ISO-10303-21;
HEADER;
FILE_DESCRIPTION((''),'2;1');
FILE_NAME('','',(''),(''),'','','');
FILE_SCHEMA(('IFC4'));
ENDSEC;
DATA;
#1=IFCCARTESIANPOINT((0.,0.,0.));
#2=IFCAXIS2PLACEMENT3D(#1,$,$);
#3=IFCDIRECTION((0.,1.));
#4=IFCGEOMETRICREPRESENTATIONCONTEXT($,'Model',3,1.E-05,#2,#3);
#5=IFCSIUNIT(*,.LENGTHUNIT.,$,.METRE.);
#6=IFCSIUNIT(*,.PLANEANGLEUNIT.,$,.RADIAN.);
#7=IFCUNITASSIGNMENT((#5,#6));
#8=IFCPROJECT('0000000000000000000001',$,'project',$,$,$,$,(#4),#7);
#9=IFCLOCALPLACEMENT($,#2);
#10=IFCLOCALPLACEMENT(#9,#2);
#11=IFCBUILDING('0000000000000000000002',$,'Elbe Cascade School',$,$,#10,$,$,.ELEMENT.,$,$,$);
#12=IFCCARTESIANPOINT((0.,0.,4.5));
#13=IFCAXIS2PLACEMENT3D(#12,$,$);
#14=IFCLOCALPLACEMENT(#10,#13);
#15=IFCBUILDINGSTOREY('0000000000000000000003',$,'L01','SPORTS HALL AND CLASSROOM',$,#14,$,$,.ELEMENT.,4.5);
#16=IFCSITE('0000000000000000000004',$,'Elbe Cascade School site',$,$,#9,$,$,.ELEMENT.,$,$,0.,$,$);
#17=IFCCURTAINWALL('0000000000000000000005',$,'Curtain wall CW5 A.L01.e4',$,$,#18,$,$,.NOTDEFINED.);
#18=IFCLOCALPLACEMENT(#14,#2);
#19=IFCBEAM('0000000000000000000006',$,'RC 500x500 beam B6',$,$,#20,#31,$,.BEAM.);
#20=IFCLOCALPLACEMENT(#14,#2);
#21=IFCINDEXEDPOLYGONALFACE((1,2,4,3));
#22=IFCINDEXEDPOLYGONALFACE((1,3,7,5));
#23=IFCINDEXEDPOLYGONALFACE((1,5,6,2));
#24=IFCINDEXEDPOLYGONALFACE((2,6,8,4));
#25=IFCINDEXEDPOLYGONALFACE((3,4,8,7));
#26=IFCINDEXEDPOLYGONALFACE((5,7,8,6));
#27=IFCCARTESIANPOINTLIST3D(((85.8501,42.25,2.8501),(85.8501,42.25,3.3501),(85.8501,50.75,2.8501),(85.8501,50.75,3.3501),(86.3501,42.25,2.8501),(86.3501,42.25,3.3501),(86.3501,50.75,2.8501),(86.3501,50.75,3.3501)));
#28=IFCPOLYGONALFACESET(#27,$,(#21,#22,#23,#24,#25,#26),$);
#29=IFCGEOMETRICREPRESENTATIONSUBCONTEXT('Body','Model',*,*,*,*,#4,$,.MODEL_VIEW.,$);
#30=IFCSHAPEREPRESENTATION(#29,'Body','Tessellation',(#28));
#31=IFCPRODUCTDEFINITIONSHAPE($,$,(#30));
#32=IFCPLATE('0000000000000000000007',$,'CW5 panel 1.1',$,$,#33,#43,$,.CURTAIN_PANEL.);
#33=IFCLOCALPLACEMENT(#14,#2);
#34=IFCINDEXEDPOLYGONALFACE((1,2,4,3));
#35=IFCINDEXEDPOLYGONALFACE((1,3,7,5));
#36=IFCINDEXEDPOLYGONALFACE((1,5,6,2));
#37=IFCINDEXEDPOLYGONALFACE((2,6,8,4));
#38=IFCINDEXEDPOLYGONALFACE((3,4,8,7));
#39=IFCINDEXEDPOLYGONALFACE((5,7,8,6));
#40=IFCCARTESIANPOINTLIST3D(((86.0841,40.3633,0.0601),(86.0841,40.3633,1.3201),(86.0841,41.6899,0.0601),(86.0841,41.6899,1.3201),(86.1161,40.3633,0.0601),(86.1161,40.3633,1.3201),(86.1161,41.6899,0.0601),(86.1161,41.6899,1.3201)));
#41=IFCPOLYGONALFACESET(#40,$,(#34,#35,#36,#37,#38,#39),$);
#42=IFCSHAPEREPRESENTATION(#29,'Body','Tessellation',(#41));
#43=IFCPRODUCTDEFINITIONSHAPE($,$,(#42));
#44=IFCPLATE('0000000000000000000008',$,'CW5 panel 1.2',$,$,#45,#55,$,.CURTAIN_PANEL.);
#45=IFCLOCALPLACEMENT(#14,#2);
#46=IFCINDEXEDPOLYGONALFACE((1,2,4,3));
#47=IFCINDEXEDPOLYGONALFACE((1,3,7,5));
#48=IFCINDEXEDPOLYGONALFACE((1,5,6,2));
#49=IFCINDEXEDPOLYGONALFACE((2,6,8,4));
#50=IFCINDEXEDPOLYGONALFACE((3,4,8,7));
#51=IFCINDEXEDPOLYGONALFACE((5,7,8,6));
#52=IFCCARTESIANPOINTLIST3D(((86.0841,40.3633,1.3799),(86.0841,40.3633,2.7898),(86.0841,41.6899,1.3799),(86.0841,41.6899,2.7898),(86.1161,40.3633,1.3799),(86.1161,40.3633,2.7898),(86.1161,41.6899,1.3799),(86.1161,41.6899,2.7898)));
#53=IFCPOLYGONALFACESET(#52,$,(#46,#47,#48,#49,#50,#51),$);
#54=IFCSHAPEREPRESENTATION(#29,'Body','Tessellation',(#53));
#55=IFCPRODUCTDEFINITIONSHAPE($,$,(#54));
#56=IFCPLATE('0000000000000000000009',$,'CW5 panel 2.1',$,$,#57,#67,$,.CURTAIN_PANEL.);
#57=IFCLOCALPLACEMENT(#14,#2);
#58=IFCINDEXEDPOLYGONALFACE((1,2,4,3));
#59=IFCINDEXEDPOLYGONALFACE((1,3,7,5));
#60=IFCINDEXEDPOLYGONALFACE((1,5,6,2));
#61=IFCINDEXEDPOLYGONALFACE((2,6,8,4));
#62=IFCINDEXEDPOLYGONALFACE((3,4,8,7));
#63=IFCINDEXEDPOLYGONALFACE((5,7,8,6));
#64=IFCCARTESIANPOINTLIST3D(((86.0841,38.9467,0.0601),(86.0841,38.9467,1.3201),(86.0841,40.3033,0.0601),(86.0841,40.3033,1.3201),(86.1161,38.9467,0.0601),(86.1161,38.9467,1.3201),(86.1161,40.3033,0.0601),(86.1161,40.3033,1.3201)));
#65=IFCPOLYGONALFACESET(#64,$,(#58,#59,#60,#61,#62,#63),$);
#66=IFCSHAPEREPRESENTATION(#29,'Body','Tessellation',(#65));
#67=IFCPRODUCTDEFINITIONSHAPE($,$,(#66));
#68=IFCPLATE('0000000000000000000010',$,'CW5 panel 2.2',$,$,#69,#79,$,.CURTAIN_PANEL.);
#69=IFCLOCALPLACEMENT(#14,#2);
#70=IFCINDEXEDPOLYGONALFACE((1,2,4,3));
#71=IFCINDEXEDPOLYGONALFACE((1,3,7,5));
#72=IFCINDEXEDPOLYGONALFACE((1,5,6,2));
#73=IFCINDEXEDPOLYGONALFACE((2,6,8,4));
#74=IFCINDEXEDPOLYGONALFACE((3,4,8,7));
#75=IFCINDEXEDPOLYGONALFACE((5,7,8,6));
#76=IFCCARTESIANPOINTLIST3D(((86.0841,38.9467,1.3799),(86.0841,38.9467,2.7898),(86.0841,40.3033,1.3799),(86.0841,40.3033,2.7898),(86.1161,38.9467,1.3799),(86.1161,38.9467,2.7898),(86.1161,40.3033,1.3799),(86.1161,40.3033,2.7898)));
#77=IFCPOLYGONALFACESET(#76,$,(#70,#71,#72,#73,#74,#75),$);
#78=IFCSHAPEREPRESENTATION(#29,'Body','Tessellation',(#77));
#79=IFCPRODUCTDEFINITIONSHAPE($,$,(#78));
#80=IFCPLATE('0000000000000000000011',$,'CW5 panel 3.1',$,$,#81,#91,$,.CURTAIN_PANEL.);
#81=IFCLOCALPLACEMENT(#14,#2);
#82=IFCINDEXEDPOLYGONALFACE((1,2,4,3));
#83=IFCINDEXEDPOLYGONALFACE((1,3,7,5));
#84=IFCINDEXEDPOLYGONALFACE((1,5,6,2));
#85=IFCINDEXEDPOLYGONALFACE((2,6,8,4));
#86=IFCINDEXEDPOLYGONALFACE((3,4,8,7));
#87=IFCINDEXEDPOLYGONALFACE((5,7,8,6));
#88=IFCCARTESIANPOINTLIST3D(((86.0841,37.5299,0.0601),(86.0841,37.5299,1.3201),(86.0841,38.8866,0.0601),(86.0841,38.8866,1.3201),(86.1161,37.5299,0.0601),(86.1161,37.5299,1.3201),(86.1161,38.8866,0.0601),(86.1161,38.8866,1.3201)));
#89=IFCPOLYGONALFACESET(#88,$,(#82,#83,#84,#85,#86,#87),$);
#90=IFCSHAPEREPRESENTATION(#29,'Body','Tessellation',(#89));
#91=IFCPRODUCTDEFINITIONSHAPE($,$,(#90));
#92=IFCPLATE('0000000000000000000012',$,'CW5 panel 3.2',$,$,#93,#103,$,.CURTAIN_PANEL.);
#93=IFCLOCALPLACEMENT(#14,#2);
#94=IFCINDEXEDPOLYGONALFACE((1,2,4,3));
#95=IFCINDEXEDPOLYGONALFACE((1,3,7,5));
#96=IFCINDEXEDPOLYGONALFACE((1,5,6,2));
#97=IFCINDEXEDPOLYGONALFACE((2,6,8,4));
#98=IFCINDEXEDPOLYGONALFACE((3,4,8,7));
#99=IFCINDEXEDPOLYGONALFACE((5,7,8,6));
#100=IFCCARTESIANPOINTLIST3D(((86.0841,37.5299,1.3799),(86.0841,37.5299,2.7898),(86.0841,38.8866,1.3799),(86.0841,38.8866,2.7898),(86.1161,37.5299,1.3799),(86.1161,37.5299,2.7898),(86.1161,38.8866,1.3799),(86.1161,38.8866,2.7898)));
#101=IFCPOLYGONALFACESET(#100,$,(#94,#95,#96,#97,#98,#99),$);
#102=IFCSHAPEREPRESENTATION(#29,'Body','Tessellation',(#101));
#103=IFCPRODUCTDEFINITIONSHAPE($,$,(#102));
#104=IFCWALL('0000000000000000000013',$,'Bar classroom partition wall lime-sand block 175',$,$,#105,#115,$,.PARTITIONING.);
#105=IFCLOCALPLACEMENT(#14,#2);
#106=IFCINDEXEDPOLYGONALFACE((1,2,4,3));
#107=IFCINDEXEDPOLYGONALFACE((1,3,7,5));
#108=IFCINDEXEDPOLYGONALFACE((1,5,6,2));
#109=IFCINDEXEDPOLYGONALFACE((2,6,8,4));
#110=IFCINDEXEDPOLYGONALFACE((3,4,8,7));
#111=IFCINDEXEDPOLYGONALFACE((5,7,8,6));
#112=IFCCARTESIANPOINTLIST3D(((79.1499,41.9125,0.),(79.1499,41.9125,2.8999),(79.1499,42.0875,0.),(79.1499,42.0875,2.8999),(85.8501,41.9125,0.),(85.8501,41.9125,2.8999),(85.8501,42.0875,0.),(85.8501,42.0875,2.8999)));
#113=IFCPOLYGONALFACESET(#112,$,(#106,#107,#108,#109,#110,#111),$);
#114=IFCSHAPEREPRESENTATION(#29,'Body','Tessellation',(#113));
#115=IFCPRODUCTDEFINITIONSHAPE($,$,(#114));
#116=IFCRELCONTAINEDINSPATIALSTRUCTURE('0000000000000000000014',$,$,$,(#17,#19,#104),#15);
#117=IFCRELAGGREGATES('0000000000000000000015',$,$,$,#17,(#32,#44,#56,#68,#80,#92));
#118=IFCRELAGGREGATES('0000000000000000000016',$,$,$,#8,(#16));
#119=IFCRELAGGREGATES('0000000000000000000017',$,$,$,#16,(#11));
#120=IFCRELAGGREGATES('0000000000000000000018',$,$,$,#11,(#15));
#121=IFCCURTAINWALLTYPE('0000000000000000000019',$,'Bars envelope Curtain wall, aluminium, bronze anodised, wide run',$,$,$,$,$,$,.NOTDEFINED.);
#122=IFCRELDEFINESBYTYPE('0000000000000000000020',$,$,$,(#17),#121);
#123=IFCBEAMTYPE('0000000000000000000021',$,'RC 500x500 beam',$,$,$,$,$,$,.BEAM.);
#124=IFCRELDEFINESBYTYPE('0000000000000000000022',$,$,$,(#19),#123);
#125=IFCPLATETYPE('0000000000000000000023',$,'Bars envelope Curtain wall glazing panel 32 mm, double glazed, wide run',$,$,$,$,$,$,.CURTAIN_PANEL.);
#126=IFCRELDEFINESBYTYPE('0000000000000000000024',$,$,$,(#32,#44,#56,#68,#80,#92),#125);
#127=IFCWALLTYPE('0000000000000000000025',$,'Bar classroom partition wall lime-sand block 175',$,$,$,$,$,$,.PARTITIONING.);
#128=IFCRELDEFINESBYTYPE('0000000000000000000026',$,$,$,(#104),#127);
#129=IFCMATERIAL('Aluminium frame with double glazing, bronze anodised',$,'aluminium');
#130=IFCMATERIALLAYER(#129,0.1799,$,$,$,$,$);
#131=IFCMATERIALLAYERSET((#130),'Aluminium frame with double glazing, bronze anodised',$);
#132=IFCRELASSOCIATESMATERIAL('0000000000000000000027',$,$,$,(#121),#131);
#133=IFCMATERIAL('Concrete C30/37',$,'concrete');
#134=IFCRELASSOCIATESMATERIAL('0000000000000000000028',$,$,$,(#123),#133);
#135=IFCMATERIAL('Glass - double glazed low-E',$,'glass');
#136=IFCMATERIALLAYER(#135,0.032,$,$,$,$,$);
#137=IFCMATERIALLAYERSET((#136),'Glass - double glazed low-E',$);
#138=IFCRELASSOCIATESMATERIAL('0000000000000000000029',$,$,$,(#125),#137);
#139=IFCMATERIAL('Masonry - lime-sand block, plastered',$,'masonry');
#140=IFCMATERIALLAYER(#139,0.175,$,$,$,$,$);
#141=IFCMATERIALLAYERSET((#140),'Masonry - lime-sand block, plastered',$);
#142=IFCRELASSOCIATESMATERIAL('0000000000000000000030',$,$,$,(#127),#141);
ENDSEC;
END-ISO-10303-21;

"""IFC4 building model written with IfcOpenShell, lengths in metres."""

from ifc_helpers import new_model, si_unit, direction, frame, frame_2d, origin, origin_2d, place, context, subcontext, project, spatial, rectangle, extrude, material, layer, layer_set, material_profile, profile_set, type_object, element, aggregate, save


model = new_model("IFC4")

# Units and contexts
model_context = context("Model", 3, precision=1e-05, world=origin(), true_north=direction((0.0, 1.0)))
body_context = subcontext(model_context, "Body", "Model", "MODEL_VIEW")
ifc_project = project(units=[si_unit("LENGTHUNIT", "METRE"), si_unit("PLANEANGLEUNIT", "RADIAN")], contexts=[model_context])

# Site, building, storey
site_placement = place(None, origin())
site = spatial("IfcSite", under=ifc_project, at=site_placement, Name="Elbe Cascade School site", CompositionType="ELEMENT", RefElevation=0.0)
building_placement = place(site_placement, origin())
building = spatial("IfcBuilding", under=site, at=building_placement, Name="Elbe Cascade School", CompositionType="ELEMENT")
storey_placement = place(building_placement, frame((0.0, 0.0, 4.5)))
storey = spatial("IfcBuildingStorey", under=building, at=storey_placement, Name="L01", Description="SPORTS HALL AND CLASSROOM", CompositionType="ELEMENT", Elevation=4.5)

# Curtain wall
ifc_material_1 = material(Name="Aluminium frame with double glazing, bronze anodised", Category="aluminium")
ifc_layer_1 = layer(ifc_material_1, 0.1799)
ifc_layer_set_1 = layer_set([ifc_layer_1], Name="Aluminium frame with double glazing, bronze anodised")
curtain_wall_type = type_object("IfcCurtainWallType", Name="Bars envelope Curtain wall, aluminium, bronze anodised, wide run", PredefinedType="NOTDEFINED", material=ifc_layer_set_1)
curtain_wall_placement = place(storey_placement, origin())
curtain_wall = element("IfcCurtainWall", 1, at=curtain_wall_placement, inside=storey, type_object=curtain_wall_type, Name="Curtain wall CW5 A.L01.e4", PredefinedType="NOTDEFINED")

# Beam
ifc_material_2 = material(Name="Concrete C30/37", Category="concrete")
ifc_material_profile_1 = material_profile(ifc_material_2, rectangle(XDim=0.5, YDim=0.5, at=origin_2d()), Name="RC 500x500")
ifc_profile_set_1 = profile_set([ifc_material_profile_1], Name="Concrete C30/37")
beam_type_1 = type_object("IfcBeamType", Name="RC 500x500 beam", PredefinedType="BEAM", material=ifc_profile_set_1)
beam_1_placement = place(storey_placement, frame((86.1001, 42.25, 3.1001), z_axis=(0.0, 1.0, 0.0), x_axis=(-1.0, 0.0, 0.0)))
element("IfcBeam", 2, at=beam_1_placement, inside=storey, type_object=beam_type_1, Name="RC 500x500 beam B6", PredefinedType="BEAM", context=body_context, shape_type="SweptSolid", body=[
    extrude(rectangle(XDim=0.5, YDim=0.5, at=origin_2d()), origin(), (0.0, 0.0, 1.0), 8.5),
])

# Plates
ifc_material_3 = material(Name="Glass - double glazed low-E", Category="glass")
ifc_layer_2 = layer(ifc_material_3, 0.032)
ifc_layer_set_2 = layer_set([ifc_layer_2], Name="Glass - double glazed low-E")
plate_type = type_object("IfcPlateType", Name="Bars envelope Curtain wall glazing panel 32 mm, double glazed, wide run", PredefinedType="CURTAIN_PANEL", material=ifc_layer_set_2)
plate_1_placement = place(storey_placement, frame((86.1001, 41.0266, 0.0601), z_axis=(0.0, 0.0, 1.0), x_axis=(0.0, -1.0, 0.0)))
plate_1 = element("IfcPlate", 3, at=plate_1_placement, type_object=plate_type, Name="CW5 panel 1.1", PredefinedType="CURTAIN_PANEL", context=body_context, shape_type="SweptSolid", body=[
    extrude(rectangle(XDim=1.3267, YDim=0.032, at=origin_2d()), origin(), (0.0, 0.0, 1.0), 1.26),
])
plate_2_placement = place(storey_placement, frame((86.1001, 41.0266, 1.3799), z_axis=(0.0, 0.0, 1.0), x_axis=(0.0, -1.0, 0.0)))
plate_2 = element("IfcPlate", 4, at=plate_2_placement, type_object=plate_type, Name="CW5 panel 1.2", PredefinedType="CURTAIN_PANEL", context=body_context, shape_type="SweptSolid", body=[
    extrude(rectangle(XDim=1.3267, YDim=0.032, at=origin_2d()), origin(), (0.0, 0.0, 1.0), 1.4099),
])
plate_3_placement = place(storey_placement, frame((86.1001, 39.625, 0.0601), z_axis=(0.0, 0.0, 1.0), x_axis=(0.0, -1.0, 0.0)))
plate_3 = element("IfcPlate", 5, at=plate_3_placement, type_object=plate_type, Name="CW5 panel 2.1", PredefinedType="CURTAIN_PANEL", context=body_context, shape_type="SweptSolid", body=[
    extrude(rectangle(XDim=1.3567, YDim=0.032, at=origin_2d()), origin(), (0.0, 0.0, 1.0), 1.26),
])
plate_4_placement = place(storey_placement, frame((86.1001, 39.625, 1.3799), z_axis=(0.0, 0.0, 1.0), x_axis=(0.0, -1.0, 0.0)))
plate_4 = element("IfcPlate", 6, at=plate_4_placement, type_object=plate_type, Name="CW5 panel 2.2", PredefinedType="CURTAIN_PANEL", context=body_context, shape_type="SweptSolid", body=[
    extrude(rectangle(XDim=1.3567, YDim=0.032, at=origin_2d()), origin(), (0.0, 0.0, 1.0), 1.4099),
])
plate_5_placement = place(storey_placement, frame((86.1001, 38.2083, 0.0601), z_axis=(0.0, 0.0, 1.0), x_axis=(0.0, -1.0, 0.0)))
plate_5 = element("IfcPlate", 7, at=plate_5_placement, type_object=plate_type, Name="CW5 panel 3.1", PredefinedType="CURTAIN_PANEL", context=body_context, shape_type="SweptSolid", body=[
    extrude(rectangle(XDim=1.3567, YDim=0.032, at=origin_2d()), origin(), (0.0, 0.0, 1.0), 1.26),
])
plate_6_placement = place(storey_placement, frame((86.1001, 38.2083, 1.3799), z_axis=(0.0, 0.0, 1.0), x_axis=(0.0, -1.0, 0.0)))
plate_6 = element("IfcPlate", 8, at=plate_6_placement, type_object=plate_type, Name="CW5 panel 3.2", PredefinedType="CURTAIN_PANEL", context=body_context, shape_type="SweptSolid", body=[
    extrude(rectangle(XDim=1.3567, YDim=0.032, at=origin_2d()), origin(), (0.0, 0.0, 1.0), 1.4099),
])
aggregate(curtain_wall, [plate_1, plate_2, plate_3, plate_4, plate_5, plate_6])

# Wall
ifc_material_4 = material(Name="Masonry - lime-sand block, plastered", Category="masonry")
ifc_layer_3 = layer(ifc_material_4, 0.175)
ifc_layer_set_3 = layer_set([ifc_layer_3], Name="Masonry - lime-sand block, plastered")
wall_type = type_object("IfcWallType", Name="Bar classroom partition wall lime-sand block 175", PredefinedType="PARTITIONING", material=ifc_layer_set_3)
wall_placement = place(storey_placement, frame((79.1499, 42.0, 0.0), z_axis=(0.0, 0.0, 1.0), x_axis=(1.0, 0.0, 0.0)))
element("IfcWall", 9, at=wall_placement, inside=storey, type_object=wall_type, Name="Bar classroom partition wall lime-sand block 175", PredefinedType="PARTITIONING", context=body_context, shape_type="SweptSolid", body=[
    extrude(rectangle(XDim=6.7002, YDim=0.175, at=frame_2d((3.3501, 0.0))), origin(), (0.0, 0.0, 1.0), 2.8999),
])

save(model, "model.ifc")
